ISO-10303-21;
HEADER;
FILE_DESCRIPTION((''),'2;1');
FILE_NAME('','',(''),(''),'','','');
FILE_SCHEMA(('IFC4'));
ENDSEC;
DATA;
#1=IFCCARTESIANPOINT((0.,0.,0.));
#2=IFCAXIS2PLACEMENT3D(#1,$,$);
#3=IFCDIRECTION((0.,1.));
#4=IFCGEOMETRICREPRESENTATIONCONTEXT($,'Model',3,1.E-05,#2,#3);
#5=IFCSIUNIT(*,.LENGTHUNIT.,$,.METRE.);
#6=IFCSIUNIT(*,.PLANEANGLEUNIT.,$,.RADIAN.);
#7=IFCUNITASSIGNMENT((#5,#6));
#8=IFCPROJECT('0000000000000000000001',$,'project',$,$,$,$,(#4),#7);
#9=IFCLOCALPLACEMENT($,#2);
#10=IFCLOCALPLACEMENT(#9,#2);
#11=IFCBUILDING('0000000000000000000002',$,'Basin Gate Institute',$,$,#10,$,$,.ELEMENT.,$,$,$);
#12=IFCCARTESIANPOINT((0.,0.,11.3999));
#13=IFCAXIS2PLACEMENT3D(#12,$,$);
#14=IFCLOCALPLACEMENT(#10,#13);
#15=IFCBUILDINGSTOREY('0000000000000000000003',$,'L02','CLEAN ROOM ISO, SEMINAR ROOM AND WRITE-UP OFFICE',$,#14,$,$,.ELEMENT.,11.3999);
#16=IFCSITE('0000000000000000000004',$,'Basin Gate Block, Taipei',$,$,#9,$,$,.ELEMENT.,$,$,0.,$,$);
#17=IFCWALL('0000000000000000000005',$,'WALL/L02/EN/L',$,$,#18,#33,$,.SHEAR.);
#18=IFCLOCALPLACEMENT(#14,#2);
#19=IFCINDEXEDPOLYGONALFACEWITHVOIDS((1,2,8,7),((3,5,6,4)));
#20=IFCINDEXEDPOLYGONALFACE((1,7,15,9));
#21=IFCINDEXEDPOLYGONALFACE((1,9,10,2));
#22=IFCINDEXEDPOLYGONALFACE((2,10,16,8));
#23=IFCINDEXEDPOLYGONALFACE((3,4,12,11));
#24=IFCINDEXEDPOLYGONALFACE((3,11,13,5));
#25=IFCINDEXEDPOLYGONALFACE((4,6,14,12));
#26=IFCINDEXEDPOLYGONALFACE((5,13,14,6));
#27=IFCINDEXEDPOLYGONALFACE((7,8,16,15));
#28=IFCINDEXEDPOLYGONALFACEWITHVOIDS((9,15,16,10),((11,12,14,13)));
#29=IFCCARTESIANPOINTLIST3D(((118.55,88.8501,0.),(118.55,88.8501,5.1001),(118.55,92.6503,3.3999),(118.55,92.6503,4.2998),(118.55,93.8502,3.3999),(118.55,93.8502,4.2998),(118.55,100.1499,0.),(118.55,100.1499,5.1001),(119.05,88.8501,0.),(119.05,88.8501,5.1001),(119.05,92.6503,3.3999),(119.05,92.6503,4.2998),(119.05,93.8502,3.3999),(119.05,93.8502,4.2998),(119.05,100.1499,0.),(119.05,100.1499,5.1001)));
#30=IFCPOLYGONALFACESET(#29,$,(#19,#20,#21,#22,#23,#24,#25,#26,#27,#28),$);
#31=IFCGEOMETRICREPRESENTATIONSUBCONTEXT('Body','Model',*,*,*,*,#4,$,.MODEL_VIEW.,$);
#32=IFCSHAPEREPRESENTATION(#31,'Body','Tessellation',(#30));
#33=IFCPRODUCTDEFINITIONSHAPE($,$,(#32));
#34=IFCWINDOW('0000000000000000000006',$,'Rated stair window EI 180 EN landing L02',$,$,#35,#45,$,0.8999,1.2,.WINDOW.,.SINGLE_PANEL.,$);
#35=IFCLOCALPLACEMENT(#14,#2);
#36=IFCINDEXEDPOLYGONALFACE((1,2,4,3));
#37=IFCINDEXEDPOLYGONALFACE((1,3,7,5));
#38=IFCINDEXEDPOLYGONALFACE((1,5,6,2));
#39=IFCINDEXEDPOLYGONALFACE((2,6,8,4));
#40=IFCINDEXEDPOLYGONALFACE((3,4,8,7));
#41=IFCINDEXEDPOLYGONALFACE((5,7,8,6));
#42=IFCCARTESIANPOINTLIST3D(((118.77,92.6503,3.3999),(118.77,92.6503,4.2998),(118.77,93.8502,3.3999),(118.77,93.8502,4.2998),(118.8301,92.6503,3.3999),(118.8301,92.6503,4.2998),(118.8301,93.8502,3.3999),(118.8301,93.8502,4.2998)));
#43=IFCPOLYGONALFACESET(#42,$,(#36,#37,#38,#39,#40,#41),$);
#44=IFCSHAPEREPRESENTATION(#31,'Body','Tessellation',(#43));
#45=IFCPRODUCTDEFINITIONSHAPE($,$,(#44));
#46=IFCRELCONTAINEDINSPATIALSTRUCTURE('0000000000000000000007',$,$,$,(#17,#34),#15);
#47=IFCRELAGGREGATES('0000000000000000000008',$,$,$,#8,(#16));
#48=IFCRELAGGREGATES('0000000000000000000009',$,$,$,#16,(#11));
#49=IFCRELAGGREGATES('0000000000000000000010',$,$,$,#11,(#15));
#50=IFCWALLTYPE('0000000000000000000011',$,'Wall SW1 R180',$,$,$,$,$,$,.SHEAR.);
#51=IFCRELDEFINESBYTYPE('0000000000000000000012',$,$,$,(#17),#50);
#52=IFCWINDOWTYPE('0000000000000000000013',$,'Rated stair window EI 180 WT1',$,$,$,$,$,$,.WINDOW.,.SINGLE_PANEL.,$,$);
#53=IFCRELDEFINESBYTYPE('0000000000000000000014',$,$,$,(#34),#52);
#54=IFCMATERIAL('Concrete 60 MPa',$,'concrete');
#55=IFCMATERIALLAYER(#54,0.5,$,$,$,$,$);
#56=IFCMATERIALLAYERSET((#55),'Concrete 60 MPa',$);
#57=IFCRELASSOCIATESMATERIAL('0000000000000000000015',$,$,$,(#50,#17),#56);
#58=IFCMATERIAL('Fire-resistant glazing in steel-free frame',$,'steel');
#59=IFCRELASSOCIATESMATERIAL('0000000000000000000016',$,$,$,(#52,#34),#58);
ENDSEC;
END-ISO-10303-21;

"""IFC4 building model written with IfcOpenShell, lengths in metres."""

from ifc_helpers import new_model, si_unit, direction, frame, frame_2d, origin, place, context, subcontext, project, spatial, rectangle, extrude, material, layer, layer_set, type_object, element, fill, save


model = new_model("IFC4")

# Units and contexts
model_context = context("Model", 3, precision=1e-05, world=origin(), true_north=direction((0.0, 1.0)))
body_context = subcontext(model_context, "Body", "Model", "MODEL_VIEW")
ifc_project = project(units=[si_unit("LENGTHUNIT", "METRE"), si_unit("PLANEANGLEUNIT", "RADIAN")], contexts=[model_context])

# Site, building, storey
site_placement = place(None, origin())
site = spatial("IfcSite", under=ifc_project, at=site_placement, Name="Basin Gate Block, Taipei", CompositionType="ELEMENT", RefElevation=0.0)
building_placement = place(site_placement, origin())
building = spatial("IfcBuilding", under=site, at=building_placement, Name="Basin Gate Institute", CompositionType="ELEMENT")
storey_placement = place(building_placement, frame((0.0, 0.0, 11.3999)))
storey = spatial("IfcBuildingStorey", under=building, at=storey_placement, Name="L02", Description="CLEAN ROOM ISO, SEMINAR ROOM AND WRITE-UP OFFICE", CompositionType="ELEMENT", Elevation=11.3999)

# Wall, opening, window
ifc_material_1 = material(Name="Concrete 60 MPa", Category="concrete")
ifc_layer_1 = layer(ifc_material_1, 0.5)
ifc_layer_set_1 = layer_set([ifc_layer_1], Name="Concrete 60 MPa")
wall_type_1 = type_object("IfcWallType", Name="Wall SW1 R180", PredefinedType="SHEAR", material=ifc_layer_set_1)
wall_1_placement = place(storey_placement, frame((118.8, 88.8501, 0.0), z_axis=(0.0, 0.0, 1.0), x_axis=(0.0, 1.0, 0.0)))
wall_1 = element("IfcWall", 1, at=wall_1_placement, inside=storey, type_object=wall_type_1, material=ifc_layer_set_1, Name="WALL/L02/EN/L", PredefinedType="SHEAR", context=body_context, shape_type="SweptSolid", body=[
    extrude(rectangle(XDim=11.2998, YDim=0.5, at=frame_2d((5.6499, 0.0))), origin(), (0.0, 0.0, 1.0), 5.1001),
])
opening_placement = place(wall_1_placement, frame((3.8, 0.0, 3.3999)))
opening = element("IfcOpeningElement", 2, at=opening_placement, cuts=wall_1, PredefinedType="OPENING", context=body_context, shape_type="SweptSolid", body=[
    extrude(rectangle(XDim=1.2, YDim=0.8999, at=frame_2d((0.6001, 0.45))), frame((0.0, 0.26, 0.0), z_axis=(0.0, -1.0, 0.0), x_axis=(1.0, 0.0, 0.0)), (0.0, 0.0, 1.0), 0.52),
])
ifc_material_2 = material(Name="Fire-resistant glazing in steel-free frame", Category="steel")
window_type = type_object("IfcWindowType", Name="Rated stair window EI 180 WT1", PartitioningType="SINGLE_PANEL", PredefinedType="WINDOW", material=ifc_material_2)
window_placement = place(opening_placement, origin())
window = element("IfcWindow", 3, at=window_placement, inside=storey, type_object=window_type, material=ifc_material_2, Name="Rated stair window EI 180 EN landing L02", OverallHeight=0.8999, OverallWidth=1.2, PartitioningType="SINGLE_PANEL", PredefinedType="WINDOW", context=body_context, shape_type="SweptSolid", body=[
    extrude(rectangle(XDim=1.2, YDim=0.8999, at=frame_2d((0.6001, 0.45))), frame((0.0, 0.03, 0.0), z_axis=(0.0, -1.0, 0.0), x_axis=(1.0, 0.0, 0.0)), (0.0, 0.0, 1.0), 0.0601),
])
fill(opening, window)

save(model, "model.ifc")
